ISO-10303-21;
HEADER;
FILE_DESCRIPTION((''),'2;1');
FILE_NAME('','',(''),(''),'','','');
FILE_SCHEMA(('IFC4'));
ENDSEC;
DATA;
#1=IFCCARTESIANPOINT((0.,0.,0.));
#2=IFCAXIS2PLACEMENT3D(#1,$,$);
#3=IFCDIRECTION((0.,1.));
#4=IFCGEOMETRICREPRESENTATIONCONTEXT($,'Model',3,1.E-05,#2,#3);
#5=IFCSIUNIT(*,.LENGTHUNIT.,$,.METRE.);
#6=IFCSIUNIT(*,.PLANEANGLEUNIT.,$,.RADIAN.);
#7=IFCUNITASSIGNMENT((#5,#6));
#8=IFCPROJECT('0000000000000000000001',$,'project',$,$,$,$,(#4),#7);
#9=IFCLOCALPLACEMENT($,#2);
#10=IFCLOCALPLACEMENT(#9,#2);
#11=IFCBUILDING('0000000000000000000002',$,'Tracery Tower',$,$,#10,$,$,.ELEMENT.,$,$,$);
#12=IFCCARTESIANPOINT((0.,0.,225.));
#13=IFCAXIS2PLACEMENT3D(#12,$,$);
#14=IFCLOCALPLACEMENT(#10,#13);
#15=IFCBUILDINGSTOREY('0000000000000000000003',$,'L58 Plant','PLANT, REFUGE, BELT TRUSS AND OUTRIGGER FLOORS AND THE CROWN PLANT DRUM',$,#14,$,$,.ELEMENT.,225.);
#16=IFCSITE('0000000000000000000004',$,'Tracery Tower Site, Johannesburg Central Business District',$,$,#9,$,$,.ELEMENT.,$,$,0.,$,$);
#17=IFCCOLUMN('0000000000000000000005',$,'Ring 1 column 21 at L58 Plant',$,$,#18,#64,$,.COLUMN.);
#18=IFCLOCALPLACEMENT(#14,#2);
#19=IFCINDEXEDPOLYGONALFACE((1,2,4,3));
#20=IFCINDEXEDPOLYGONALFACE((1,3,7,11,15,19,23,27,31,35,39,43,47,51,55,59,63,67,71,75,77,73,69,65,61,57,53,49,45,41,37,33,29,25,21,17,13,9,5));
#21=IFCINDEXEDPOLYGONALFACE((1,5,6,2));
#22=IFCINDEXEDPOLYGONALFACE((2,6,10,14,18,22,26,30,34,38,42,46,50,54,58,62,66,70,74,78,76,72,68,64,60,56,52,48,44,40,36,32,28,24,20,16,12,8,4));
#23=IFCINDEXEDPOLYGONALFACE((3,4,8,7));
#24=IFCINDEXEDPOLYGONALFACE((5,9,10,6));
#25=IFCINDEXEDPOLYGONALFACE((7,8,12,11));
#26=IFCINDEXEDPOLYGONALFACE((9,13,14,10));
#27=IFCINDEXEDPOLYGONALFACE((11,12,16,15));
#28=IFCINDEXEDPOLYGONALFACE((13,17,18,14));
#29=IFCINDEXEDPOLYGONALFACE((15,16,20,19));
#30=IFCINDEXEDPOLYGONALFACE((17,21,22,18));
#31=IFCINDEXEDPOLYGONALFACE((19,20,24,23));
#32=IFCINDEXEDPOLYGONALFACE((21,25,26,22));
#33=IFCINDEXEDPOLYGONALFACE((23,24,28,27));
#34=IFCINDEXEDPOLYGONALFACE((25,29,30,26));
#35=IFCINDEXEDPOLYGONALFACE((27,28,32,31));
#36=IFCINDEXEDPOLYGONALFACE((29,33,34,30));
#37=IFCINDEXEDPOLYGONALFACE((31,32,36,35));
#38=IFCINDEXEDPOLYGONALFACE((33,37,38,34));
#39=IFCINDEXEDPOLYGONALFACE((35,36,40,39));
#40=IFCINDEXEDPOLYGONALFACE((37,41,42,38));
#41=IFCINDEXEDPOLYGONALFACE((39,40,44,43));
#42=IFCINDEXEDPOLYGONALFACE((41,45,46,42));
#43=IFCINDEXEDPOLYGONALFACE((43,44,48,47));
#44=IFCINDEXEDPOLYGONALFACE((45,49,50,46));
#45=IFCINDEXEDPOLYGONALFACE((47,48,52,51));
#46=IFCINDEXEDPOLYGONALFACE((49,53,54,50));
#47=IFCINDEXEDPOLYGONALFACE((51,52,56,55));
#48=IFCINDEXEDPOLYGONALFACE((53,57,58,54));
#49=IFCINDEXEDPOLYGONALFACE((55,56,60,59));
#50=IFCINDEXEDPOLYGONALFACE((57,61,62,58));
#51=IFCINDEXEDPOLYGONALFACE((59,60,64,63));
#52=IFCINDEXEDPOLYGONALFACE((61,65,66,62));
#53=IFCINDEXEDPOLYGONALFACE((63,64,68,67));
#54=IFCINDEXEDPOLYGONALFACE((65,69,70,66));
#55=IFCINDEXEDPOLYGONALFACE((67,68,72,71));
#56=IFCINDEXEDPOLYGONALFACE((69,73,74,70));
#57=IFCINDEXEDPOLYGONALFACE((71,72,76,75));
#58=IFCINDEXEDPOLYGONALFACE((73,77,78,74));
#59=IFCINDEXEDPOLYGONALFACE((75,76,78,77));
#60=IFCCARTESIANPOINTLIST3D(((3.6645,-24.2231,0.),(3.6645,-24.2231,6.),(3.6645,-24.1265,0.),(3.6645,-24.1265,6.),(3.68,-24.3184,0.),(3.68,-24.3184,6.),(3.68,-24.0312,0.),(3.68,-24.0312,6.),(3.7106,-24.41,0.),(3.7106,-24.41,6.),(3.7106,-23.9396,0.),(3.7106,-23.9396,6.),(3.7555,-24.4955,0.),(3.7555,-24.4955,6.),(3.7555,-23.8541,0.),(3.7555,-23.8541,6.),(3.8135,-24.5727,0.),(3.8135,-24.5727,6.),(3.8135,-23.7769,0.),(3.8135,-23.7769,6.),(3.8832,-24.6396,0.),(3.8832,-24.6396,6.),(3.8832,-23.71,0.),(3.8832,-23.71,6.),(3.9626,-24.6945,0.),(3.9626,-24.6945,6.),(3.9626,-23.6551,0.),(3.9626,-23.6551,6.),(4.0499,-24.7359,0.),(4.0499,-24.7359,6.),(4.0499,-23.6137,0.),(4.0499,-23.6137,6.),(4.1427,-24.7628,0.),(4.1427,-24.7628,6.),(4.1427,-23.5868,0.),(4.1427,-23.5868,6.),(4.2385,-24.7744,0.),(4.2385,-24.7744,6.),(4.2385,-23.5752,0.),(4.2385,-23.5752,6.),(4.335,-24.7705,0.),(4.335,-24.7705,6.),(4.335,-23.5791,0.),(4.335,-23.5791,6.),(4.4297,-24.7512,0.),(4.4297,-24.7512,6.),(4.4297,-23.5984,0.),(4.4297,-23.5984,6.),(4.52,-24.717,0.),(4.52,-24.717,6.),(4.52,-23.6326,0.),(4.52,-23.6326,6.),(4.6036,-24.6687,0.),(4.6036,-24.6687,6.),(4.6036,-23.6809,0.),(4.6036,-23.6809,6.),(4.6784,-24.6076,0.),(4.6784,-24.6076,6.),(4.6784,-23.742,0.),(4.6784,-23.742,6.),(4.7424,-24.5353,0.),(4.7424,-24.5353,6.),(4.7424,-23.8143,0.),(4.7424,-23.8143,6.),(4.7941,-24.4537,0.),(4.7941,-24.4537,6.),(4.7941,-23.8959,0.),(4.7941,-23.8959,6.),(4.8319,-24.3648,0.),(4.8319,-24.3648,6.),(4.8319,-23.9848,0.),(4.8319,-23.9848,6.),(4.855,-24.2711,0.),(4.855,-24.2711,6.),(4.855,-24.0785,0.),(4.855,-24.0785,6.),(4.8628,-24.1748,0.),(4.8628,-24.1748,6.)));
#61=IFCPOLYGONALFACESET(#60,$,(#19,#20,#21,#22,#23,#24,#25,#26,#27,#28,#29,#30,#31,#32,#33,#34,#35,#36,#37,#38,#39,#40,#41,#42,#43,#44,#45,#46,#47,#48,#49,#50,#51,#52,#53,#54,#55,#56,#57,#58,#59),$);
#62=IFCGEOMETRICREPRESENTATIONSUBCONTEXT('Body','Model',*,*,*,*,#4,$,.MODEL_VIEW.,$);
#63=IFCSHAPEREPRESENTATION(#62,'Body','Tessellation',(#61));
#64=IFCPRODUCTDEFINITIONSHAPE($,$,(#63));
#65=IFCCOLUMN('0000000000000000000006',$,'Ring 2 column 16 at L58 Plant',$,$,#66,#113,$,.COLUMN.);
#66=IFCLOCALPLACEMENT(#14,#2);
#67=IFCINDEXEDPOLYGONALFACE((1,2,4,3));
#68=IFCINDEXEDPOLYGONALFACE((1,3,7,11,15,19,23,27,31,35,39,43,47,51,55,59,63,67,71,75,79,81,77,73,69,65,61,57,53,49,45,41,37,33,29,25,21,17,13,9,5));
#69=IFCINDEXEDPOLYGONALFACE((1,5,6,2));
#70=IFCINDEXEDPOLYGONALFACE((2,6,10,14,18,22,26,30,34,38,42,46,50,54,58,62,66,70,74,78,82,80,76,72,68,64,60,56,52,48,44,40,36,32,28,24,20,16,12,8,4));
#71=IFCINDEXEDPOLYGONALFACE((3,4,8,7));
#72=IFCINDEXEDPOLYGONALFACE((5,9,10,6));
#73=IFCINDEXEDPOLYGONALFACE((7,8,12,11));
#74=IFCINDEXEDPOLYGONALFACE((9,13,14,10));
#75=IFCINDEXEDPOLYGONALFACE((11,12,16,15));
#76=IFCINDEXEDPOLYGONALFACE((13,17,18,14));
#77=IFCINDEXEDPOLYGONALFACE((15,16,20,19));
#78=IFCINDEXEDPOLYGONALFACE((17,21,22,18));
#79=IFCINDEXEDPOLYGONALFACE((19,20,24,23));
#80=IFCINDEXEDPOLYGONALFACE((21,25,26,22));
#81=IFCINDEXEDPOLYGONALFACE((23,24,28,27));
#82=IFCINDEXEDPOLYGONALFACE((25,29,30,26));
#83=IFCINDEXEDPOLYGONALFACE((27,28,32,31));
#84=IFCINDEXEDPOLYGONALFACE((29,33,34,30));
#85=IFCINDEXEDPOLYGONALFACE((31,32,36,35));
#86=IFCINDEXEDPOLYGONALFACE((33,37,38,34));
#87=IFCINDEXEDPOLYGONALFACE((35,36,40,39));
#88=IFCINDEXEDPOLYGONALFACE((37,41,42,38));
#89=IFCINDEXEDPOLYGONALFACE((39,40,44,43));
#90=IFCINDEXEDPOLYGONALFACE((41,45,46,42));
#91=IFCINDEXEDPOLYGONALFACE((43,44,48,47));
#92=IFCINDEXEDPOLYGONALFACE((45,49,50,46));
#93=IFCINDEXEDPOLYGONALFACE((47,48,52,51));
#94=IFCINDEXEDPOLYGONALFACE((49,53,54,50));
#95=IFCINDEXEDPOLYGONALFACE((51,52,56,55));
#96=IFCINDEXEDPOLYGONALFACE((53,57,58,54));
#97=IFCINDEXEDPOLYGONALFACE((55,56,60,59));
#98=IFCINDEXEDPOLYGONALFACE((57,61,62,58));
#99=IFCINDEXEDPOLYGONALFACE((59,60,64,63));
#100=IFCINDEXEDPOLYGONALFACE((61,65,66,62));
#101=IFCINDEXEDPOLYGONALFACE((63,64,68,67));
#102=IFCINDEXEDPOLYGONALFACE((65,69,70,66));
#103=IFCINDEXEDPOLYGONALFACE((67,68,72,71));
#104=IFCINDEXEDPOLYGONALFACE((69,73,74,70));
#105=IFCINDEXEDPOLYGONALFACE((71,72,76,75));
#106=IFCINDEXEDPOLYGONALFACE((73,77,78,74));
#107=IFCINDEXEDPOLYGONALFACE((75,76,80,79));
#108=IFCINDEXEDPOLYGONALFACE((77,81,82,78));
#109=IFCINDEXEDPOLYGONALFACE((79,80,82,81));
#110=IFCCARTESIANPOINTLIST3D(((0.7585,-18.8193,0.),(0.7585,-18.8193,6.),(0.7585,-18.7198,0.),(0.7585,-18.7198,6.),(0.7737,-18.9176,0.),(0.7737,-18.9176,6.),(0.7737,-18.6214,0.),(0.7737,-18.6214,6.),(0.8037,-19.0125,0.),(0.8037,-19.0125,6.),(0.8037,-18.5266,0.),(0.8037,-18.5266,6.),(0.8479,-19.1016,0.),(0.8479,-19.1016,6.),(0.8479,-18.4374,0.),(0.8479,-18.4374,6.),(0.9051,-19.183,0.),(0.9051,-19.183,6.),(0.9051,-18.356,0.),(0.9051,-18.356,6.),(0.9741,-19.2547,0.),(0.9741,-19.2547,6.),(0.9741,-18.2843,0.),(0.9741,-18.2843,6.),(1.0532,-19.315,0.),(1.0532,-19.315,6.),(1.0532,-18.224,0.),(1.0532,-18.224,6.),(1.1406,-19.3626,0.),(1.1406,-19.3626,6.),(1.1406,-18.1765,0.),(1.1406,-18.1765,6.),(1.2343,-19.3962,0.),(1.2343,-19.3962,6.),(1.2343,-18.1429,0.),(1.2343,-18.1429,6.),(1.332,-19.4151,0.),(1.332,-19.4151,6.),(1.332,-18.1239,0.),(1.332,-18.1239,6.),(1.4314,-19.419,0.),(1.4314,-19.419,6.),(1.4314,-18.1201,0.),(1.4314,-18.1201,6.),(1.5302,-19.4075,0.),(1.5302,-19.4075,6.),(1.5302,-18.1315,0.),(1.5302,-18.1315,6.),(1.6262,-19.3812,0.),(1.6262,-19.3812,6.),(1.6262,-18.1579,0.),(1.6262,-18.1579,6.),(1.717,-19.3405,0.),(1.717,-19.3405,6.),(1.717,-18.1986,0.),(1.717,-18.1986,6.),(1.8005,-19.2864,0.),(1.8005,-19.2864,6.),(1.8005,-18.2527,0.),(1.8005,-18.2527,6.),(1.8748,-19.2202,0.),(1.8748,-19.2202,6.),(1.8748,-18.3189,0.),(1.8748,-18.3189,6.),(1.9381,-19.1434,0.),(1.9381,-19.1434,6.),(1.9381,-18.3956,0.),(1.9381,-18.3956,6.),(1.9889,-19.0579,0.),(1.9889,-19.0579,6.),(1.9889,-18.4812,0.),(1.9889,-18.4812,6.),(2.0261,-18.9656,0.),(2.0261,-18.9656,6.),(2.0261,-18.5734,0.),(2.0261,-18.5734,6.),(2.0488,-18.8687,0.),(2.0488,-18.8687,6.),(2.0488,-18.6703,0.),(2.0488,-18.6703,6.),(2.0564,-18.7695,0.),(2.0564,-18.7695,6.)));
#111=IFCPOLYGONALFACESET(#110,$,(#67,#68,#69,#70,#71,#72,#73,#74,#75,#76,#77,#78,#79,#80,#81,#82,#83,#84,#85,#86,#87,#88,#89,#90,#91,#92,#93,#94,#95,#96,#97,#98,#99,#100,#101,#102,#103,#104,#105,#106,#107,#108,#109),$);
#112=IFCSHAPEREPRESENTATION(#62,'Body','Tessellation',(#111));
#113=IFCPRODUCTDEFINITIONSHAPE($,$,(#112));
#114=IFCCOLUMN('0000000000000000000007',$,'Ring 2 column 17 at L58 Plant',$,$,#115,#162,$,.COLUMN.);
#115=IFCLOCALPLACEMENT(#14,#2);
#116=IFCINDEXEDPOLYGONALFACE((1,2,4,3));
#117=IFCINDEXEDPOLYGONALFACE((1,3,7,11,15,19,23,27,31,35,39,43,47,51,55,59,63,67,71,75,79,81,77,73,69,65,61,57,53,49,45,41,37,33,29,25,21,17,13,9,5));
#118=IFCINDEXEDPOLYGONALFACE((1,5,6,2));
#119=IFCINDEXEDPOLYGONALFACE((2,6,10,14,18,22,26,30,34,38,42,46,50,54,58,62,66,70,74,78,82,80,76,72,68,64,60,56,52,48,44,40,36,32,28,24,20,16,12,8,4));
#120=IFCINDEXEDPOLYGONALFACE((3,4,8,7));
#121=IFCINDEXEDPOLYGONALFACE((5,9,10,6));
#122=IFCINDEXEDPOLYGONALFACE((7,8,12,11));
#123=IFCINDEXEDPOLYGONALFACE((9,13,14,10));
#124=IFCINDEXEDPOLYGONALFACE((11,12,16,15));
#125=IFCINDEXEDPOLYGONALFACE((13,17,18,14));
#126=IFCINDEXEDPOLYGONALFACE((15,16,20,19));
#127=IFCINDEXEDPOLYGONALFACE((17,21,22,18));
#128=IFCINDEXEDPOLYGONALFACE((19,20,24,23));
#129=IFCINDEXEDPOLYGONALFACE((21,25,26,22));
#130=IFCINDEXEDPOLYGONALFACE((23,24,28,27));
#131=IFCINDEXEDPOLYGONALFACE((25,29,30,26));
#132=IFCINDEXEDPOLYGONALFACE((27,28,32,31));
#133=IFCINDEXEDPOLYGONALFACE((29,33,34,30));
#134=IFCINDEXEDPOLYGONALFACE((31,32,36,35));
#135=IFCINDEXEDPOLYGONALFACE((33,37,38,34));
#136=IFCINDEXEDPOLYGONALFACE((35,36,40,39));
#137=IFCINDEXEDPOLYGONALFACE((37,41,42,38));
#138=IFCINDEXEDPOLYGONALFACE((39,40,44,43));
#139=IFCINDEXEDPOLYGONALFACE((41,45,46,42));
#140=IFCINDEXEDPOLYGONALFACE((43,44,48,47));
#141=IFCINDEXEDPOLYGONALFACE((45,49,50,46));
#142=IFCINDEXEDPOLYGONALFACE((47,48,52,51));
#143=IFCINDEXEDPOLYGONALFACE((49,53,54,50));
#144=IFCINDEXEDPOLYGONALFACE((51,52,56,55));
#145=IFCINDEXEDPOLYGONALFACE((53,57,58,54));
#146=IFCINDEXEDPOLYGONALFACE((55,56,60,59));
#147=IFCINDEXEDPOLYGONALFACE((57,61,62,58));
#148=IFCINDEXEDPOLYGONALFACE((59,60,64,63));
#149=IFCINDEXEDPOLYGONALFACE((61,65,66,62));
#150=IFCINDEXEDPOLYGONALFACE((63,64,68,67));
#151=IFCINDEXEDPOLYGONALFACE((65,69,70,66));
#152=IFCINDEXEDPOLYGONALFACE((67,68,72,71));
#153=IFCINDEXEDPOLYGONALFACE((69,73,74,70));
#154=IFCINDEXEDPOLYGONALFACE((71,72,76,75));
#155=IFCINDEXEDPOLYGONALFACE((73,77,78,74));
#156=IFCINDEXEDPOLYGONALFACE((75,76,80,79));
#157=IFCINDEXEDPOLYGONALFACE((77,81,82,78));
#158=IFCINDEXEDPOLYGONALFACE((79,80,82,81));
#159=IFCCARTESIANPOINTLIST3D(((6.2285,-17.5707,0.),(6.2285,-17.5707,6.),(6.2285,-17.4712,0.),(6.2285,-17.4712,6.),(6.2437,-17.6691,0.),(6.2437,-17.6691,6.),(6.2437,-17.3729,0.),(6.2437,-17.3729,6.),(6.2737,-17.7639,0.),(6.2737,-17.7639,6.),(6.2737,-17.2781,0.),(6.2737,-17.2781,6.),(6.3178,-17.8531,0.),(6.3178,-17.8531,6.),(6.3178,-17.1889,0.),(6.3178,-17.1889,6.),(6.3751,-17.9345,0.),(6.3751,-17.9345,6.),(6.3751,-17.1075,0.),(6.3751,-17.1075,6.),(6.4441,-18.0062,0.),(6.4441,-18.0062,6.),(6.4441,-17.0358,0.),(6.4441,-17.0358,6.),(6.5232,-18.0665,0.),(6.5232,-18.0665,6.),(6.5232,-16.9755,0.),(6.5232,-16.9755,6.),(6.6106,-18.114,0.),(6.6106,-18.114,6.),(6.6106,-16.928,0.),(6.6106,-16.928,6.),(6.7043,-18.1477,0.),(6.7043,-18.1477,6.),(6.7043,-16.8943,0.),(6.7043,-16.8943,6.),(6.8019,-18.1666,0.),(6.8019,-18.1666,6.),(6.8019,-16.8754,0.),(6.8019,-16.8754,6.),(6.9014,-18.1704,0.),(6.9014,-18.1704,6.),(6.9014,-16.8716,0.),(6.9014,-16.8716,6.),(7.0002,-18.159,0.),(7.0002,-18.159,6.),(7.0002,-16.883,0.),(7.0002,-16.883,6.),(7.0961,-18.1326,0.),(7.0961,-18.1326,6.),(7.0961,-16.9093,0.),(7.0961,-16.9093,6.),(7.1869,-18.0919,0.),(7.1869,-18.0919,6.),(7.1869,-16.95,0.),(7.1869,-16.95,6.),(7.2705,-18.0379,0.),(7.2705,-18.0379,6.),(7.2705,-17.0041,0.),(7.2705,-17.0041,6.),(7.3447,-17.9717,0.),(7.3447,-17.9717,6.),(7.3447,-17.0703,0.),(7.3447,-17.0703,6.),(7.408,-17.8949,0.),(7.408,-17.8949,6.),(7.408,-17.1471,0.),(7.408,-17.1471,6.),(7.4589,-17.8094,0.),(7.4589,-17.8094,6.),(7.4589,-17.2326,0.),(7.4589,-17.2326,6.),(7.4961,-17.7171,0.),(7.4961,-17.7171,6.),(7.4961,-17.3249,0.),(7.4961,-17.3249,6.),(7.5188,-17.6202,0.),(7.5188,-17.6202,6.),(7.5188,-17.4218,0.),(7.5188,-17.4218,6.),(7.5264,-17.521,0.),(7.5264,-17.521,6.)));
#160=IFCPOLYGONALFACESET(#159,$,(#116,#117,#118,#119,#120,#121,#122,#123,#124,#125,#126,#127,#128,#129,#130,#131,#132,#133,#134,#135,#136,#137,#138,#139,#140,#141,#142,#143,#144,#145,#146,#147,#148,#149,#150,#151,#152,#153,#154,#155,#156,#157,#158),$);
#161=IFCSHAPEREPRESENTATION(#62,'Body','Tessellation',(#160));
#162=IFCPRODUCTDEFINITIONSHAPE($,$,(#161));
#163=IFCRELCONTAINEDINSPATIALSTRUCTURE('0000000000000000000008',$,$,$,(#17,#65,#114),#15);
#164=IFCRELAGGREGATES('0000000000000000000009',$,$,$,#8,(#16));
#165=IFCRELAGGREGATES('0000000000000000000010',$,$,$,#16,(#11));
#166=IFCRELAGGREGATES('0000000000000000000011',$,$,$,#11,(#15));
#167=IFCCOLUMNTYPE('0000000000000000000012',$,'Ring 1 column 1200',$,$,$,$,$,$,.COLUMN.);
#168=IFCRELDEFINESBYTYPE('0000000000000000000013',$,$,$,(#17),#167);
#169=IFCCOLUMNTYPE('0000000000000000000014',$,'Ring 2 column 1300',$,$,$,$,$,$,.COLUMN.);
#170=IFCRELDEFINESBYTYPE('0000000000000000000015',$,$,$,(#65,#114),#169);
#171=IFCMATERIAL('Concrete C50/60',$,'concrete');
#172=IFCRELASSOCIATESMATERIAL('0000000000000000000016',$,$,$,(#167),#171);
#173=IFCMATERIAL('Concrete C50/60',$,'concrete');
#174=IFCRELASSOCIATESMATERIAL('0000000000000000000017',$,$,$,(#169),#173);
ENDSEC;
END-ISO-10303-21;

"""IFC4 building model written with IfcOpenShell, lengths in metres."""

from ifc_helpers import new_model, si_unit, direction, frame, origin, origin_2d, place, context, subcontext, project, spatial, circle, extrude, material, material_profile, profile_set, type_object, element, save


model = new_model("IFC4")

# Units and contexts
model_context = context("Model", 3, precision=1e-05, world=origin(), true_north=direction((0.0, 1.0)))
body_context = subcontext(model_context, "Body", "Model", "MODEL_VIEW")
ifc_project = project(units=[si_unit("LENGTHUNIT", "METRE"), si_unit("PLANEANGLEUNIT", "RADIAN")], contexts=[model_context])

# Site, building, storey
site_placement = place(None, origin())
site = spatial("IfcSite", under=ifc_project, at=site_placement, Name="Tracery Tower Site, Johannesburg Central Business District", CompositionType="ELEMENT", RefElevation=0.0)
building_placement = place(site_placement, origin())
building = spatial("IfcBuilding", under=site, at=building_placement, Name="Tracery Tower", CompositionType="ELEMENT")
storey_placement = place(building_placement, frame((0.0, 0.0, 225.0)))
storey = spatial("IfcBuildingStorey", under=building, at=storey_placement, Name="L58 Plant", Description="PLANT, REFUGE, BELT TRUSS AND OUTRIGGER FLOORS AND THE CROWN PLANT DRUM", CompositionType="ELEMENT", Elevation=225.0)

# Columns
ifc_material_1 = material(Name="Concrete C50/60", Category="concrete")
ifc_material_profile_1 = material_profile(ifc_material_1, circle(Radius=0.6001, at=origin_2d()), Name="RC D1200")
ifc_profile_set_1 = profile_set([ifc_material_profile_1], Name="Concrete C50/60")
column_type_1 = type_object("IfcColumnType", Name="Ring 1 column 1200", PredefinedType="COLUMN", material=ifc_profile_set_1)
column_placement = place(storey_placement, frame((4.2627, -24.1748, 0.0), z_axis=(0.0, 0.0, 1.0), x_axis=(1.0, 0.0, 0.0)))
element("IfcColumn", 1, at=column_placement, inside=storey, type_object=column_type_1, Name="Ring 1 column 21 at L58 Plant", PredefinedType="COLUMN", context=body_context, shape_type="SweptSolid", body=[
    extrude(circle(Radius=0.6001, at=origin_2d()), origin(), (0.0, 0.0, 1.0), 6.0),
])
ifc_material_2 = material(Name="Concrete C50/60", Category="concrete")
ifc_material_profile_2 = material_profile(ifc_material_2, circle(Radius=0.6499, at=origin_2d()), Name="RC D1300")
ifc_profile_set_2 = profile_set([ifc_material_profile_2], Name="Concrete C50/60")
column_type_2 = type_object("IfcColumnType", Name="Ring 2 column 1300", PredefinedType="COLUMN", material=ifc_profile_set_2)
for number, where, z_axis, x_axis, name in (
    (2, (1.4065, -18.7695, 0.0), (0.0, 0.0, 1.0), (1.0, 0.0, 0.0), "Ring 2 column 16 at L58 Plant"),
    (3, (6.8765, -17.521, 0.0), (0.0, 0.0, 1.0), (1.0, 0.0, 0.0), "Ring 2 column 17 at L58 Plant"),
):
    element("IfcColumn", number, at=place(storey_placement, frame(where, z_axis=z_axis, x_axis=x_axis)), inside=storey, type_object=column_type_2, Name=name, PredefinedType="COLUMN", context=body_context, shape_type="SweptSolid", body=[
        extrude(circle(Radius=0.6499, at=origin_2d()), origin(), (0.0, 0.0, 1.0), 6.0),
    ])

save(model, "model.ifc")
